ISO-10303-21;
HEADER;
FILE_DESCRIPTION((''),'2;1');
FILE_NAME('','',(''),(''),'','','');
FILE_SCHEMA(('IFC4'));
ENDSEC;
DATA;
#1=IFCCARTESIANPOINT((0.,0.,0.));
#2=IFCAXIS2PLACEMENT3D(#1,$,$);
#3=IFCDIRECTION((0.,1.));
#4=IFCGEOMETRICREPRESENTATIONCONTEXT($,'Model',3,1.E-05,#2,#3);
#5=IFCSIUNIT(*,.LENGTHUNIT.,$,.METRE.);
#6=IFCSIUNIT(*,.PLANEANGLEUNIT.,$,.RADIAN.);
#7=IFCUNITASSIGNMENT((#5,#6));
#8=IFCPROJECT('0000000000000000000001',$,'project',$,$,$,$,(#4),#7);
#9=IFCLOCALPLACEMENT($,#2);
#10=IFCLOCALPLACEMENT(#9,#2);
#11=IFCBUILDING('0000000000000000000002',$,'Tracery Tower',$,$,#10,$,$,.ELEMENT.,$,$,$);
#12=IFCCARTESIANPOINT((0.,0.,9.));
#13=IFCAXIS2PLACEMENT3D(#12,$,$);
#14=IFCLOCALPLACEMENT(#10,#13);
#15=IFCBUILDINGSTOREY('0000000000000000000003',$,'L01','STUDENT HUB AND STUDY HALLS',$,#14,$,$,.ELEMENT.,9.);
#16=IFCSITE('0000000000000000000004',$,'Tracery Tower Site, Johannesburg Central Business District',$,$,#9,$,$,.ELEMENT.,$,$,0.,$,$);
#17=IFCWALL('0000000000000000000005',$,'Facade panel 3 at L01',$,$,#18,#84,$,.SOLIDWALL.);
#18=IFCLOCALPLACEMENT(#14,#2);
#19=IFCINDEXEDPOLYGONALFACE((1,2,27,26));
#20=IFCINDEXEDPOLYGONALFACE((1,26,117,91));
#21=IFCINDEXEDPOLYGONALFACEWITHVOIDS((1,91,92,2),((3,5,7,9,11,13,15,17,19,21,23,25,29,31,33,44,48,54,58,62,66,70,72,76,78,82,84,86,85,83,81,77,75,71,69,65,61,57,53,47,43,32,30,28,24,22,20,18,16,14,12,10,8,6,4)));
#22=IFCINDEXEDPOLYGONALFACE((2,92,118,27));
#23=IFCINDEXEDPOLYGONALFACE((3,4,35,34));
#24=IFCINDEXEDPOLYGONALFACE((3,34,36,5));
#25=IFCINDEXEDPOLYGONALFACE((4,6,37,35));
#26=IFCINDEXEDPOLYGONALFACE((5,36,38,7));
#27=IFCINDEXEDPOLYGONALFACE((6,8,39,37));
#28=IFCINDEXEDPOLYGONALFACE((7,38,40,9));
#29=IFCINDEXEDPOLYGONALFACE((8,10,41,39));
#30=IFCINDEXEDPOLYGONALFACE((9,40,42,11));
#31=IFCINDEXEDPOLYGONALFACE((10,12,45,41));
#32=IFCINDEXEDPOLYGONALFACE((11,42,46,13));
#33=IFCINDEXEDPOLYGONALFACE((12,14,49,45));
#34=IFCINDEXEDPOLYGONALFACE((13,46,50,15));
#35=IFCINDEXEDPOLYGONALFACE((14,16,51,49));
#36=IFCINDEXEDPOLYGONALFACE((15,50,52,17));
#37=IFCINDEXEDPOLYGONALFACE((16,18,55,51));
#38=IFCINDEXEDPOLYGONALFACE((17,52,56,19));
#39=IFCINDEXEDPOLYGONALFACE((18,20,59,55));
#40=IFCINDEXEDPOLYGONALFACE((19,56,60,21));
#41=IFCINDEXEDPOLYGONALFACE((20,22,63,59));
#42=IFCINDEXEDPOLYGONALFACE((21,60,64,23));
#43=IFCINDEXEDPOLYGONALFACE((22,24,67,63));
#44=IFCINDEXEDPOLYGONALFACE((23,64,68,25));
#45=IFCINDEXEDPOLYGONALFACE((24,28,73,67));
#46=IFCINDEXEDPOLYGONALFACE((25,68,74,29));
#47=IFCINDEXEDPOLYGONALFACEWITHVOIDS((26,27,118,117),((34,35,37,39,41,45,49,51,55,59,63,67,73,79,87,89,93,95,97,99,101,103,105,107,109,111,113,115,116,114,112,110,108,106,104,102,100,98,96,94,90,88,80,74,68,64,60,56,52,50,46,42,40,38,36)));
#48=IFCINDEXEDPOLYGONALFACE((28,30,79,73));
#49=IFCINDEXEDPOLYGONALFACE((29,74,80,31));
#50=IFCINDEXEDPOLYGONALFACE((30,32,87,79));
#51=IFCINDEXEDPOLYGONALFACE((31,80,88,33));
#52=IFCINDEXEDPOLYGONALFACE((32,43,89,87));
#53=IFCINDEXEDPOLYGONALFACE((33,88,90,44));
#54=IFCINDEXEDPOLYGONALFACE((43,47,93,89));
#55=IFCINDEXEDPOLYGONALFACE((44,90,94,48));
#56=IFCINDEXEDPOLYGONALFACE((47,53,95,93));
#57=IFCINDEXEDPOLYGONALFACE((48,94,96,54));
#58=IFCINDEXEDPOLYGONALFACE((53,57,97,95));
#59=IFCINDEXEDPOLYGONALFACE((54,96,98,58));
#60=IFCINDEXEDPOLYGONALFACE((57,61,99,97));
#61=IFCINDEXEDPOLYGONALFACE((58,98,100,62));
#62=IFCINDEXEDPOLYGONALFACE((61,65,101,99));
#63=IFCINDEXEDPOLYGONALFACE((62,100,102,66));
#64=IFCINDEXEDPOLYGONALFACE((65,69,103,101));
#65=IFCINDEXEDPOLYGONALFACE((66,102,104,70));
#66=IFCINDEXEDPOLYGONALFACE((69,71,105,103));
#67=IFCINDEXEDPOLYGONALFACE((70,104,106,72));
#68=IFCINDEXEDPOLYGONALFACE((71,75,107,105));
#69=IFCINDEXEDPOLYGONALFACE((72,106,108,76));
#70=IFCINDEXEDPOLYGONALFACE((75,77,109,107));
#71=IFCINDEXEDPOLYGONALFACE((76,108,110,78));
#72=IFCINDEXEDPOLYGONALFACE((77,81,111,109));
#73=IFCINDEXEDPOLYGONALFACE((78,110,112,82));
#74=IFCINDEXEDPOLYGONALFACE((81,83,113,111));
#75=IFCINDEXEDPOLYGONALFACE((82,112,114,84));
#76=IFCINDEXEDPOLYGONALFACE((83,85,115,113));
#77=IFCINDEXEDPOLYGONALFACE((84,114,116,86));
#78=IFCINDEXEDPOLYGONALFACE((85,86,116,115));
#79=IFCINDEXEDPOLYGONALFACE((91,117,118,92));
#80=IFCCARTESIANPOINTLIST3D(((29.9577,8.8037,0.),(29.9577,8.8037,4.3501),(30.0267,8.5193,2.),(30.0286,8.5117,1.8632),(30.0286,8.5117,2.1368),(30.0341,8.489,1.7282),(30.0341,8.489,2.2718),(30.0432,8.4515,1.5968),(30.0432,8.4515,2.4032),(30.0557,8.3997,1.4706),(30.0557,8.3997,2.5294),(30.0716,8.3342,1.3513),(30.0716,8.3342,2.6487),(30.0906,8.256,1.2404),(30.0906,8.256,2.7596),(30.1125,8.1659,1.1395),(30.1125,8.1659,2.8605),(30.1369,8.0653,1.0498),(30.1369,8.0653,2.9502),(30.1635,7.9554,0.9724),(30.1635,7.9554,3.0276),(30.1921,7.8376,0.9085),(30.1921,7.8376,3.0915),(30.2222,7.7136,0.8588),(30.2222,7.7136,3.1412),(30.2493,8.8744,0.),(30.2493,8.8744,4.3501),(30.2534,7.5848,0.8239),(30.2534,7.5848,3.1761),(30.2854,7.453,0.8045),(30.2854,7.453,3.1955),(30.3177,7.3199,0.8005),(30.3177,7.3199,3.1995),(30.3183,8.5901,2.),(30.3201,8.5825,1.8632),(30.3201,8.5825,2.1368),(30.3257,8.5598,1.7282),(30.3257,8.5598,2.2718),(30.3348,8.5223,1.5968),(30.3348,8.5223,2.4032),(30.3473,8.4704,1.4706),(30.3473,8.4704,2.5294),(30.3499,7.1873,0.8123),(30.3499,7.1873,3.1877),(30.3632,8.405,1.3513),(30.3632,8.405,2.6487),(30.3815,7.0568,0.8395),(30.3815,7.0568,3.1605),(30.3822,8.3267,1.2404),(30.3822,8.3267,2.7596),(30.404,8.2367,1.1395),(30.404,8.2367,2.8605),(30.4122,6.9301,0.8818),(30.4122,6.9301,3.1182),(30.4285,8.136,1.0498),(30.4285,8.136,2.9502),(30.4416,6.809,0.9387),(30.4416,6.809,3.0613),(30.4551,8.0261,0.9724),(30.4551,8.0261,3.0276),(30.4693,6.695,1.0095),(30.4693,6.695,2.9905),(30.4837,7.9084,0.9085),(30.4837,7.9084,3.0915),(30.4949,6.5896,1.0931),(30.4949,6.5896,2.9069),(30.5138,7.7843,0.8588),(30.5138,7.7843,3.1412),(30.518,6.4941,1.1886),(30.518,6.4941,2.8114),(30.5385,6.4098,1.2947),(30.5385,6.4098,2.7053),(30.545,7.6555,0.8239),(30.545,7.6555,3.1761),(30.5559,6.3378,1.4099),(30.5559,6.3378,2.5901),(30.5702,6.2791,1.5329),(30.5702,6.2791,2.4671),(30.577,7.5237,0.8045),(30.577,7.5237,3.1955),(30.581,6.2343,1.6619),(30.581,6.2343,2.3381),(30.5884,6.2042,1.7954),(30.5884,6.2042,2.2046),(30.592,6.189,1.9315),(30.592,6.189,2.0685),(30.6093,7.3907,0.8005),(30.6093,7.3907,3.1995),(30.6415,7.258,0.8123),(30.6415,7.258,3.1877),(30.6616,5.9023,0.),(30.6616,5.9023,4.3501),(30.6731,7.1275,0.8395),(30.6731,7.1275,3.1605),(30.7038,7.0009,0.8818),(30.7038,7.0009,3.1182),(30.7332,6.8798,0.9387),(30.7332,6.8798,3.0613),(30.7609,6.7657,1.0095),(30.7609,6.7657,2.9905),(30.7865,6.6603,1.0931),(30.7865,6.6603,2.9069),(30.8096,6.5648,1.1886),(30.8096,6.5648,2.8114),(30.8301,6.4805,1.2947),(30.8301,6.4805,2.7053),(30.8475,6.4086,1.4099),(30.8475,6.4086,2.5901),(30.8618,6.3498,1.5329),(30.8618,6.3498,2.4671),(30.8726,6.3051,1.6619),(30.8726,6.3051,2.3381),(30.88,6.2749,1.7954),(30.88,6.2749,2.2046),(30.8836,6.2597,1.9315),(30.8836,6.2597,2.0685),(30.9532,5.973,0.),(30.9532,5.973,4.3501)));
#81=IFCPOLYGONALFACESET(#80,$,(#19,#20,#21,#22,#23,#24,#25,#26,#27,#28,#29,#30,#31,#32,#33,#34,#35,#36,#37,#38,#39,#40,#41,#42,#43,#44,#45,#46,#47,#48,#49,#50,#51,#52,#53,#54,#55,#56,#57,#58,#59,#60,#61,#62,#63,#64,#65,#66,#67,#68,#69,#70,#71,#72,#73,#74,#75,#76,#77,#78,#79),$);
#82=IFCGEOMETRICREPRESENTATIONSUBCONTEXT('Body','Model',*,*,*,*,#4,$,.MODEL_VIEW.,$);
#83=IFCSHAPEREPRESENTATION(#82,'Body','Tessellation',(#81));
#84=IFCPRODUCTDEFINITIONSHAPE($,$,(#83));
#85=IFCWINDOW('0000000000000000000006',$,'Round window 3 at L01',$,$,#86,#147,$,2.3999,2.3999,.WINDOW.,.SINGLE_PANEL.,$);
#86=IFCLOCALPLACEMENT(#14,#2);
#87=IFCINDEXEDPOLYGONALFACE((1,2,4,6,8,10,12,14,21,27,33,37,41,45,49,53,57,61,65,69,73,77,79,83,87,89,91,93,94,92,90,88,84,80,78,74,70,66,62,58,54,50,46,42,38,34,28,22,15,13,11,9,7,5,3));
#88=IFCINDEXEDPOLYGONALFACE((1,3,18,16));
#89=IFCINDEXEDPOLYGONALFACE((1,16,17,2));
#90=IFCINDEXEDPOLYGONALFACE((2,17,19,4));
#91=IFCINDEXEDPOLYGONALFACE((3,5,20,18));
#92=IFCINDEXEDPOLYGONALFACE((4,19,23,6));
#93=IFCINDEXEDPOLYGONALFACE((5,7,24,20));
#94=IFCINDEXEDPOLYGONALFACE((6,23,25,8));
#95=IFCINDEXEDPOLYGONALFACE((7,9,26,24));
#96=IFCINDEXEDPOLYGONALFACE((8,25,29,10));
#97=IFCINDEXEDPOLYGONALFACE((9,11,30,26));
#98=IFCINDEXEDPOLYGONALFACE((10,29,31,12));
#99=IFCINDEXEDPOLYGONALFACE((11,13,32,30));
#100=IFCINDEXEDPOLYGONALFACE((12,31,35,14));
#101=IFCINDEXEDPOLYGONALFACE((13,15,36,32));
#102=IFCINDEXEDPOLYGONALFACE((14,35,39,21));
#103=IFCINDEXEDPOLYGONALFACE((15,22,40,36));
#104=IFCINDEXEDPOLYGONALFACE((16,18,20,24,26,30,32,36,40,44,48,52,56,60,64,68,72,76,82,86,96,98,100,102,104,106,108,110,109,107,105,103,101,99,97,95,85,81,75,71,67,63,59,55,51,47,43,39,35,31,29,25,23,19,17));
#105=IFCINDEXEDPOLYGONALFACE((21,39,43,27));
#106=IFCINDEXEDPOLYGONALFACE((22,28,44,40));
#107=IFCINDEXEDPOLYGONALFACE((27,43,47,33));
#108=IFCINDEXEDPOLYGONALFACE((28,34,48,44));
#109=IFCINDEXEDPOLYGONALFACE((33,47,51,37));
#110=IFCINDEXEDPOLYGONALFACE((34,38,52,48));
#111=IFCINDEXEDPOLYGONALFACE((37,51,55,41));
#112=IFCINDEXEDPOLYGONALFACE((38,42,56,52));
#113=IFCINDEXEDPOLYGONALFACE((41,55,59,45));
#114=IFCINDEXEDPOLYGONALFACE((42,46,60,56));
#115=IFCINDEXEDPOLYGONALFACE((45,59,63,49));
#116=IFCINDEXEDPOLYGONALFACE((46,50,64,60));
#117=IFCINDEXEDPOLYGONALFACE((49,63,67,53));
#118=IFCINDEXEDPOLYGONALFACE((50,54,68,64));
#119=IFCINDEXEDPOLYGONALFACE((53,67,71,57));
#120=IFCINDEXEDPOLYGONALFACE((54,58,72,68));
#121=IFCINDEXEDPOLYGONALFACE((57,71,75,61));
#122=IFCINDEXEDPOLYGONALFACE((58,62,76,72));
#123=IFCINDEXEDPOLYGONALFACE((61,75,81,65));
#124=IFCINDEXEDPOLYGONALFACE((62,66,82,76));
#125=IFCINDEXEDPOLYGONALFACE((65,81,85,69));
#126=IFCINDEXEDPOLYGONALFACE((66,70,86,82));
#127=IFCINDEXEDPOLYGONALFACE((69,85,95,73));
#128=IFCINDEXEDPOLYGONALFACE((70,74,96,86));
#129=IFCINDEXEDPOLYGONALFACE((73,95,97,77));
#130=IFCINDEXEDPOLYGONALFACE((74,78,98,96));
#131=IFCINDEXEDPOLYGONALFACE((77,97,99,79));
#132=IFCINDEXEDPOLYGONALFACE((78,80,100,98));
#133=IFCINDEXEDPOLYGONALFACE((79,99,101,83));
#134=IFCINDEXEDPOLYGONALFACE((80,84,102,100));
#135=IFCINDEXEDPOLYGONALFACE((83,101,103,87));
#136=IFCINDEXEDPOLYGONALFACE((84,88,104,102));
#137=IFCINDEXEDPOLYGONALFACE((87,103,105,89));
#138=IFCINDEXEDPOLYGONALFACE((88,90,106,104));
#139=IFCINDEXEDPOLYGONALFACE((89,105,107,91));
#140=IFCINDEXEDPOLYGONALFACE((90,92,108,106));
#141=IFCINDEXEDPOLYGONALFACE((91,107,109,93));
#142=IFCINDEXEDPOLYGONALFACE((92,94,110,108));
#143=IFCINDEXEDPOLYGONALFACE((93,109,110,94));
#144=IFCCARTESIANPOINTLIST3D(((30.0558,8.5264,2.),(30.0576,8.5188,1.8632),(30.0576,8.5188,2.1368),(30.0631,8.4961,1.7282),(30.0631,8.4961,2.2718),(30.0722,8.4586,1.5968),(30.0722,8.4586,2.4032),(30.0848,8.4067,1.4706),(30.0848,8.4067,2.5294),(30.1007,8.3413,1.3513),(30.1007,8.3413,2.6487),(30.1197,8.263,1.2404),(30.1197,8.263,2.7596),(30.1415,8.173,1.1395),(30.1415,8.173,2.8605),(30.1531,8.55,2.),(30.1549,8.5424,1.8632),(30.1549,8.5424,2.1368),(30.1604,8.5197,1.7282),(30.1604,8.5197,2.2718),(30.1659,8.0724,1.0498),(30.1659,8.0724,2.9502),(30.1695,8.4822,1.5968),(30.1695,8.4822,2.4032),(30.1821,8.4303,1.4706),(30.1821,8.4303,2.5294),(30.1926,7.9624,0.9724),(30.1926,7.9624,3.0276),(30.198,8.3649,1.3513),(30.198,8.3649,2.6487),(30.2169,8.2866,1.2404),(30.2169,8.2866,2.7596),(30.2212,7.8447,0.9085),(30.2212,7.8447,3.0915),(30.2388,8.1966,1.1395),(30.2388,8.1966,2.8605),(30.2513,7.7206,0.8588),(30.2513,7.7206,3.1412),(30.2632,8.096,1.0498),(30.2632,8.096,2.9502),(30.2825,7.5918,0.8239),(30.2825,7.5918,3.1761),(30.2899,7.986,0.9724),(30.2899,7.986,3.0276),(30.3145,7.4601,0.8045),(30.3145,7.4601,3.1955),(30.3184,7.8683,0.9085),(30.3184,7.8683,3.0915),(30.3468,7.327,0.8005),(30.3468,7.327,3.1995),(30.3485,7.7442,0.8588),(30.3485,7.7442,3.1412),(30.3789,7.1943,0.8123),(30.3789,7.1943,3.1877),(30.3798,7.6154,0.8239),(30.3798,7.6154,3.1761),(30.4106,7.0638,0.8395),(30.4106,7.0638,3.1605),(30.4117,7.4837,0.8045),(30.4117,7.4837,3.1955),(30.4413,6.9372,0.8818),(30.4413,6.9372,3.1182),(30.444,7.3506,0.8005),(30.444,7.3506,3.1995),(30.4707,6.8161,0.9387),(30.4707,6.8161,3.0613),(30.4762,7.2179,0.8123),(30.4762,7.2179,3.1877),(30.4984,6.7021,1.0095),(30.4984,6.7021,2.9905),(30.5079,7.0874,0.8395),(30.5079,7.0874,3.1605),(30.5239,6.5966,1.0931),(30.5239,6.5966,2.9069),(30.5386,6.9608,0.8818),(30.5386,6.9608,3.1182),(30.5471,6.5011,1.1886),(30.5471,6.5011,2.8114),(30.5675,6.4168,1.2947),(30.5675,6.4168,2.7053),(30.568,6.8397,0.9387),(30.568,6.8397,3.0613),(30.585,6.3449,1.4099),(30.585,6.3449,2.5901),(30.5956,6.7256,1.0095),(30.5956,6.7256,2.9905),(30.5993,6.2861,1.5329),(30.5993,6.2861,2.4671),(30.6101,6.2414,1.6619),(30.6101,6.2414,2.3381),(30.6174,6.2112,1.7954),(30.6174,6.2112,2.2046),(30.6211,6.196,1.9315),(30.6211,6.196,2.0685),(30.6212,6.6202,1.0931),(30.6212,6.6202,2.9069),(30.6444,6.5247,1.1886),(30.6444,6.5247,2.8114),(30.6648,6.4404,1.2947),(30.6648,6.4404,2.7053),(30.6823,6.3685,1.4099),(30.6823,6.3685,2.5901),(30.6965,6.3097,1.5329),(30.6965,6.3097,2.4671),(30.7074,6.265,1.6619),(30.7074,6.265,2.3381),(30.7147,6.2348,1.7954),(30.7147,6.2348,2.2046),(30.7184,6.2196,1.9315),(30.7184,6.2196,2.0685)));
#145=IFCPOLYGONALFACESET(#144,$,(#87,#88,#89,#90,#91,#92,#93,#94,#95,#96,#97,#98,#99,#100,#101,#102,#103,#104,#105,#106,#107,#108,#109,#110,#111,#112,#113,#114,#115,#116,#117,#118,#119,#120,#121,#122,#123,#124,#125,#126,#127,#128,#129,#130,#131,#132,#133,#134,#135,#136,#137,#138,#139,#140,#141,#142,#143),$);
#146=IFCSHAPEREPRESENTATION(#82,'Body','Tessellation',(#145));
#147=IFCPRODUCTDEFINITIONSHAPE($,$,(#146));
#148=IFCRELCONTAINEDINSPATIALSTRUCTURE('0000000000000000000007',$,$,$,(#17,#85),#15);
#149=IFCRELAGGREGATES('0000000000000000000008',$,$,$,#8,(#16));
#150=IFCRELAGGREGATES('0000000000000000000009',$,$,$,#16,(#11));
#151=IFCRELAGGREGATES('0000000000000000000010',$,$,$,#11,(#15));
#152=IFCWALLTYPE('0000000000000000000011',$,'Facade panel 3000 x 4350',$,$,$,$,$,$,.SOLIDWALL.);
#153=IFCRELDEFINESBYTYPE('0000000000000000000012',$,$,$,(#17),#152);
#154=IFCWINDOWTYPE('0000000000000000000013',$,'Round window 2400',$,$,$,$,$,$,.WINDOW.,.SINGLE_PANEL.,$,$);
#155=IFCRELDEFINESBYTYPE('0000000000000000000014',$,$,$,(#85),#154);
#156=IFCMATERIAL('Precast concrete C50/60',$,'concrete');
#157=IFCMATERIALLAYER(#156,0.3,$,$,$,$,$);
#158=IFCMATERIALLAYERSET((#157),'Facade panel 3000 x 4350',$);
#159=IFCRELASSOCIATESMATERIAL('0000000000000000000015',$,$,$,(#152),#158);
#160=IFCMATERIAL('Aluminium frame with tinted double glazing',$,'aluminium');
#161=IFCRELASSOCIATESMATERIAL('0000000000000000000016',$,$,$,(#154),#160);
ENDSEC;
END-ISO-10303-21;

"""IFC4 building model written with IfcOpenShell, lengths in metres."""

from ifc_helpers import new_model, si_unit, direction, frame, frame_2d, origin, origin_2d, place, context, subcontext, project, spatial, rectangle, circle, extrude, material, layer, layer_set, type_object, element, fill, save


model = new_model("IFC4")

# Units and contexts
model_context = context("Model", 3, precision=1e-05, world=origin(), true_north=direction((0.0, 1.0)))
body_context = subcontext(model_context, "Body", "Model", "MODEL_VIEW")
ifc_project = project(units=[si_unit("LENGTHUNIT", "METRE"), si_unit("PLANEANGLEUNIT", "RADIAN")], contexts=[model_context])

# Site, building, storey
site_placement = place(None, origin())
site = spatial("IfcSite", under=ifc_project, at=site_placement, Name="Tracery Tower Site, Johannesburg Central Business District", CompositionType="ELEMENT", RefElevation=0.0)
building_placement = place(site_placement, origin())
building = spatial("IfcBuilding", under=site, at=building_placement, Name="Tracery Tower", CompositionType="ELEMENT")
storey_placement = place(building_placement, frame((0.0, 0.0, 9.0)))
storey = spatial("IfcBuildingStorey", under=building, at=storey_placement, Name="L01", Description="STUDENT HUB AND STUDY HALLS", CompositionType="ELEMENT", Elevation=9.0)

# Wall, opening, window
ifc_material_1 = material(Name="Precast concrete C50/60", Category="concrete")
ifc_layer_1 = layer(ifc_material_1, 0.3)
ifc_layer_set_1 = layer_set([ifc_layer_1], Name="Facade panel 3000 x 4350")
wall_type_1 = type_object("IfcWallType", Name="Facade panel 3000 x 4350", PredefinedType="SOLIDWALL", material=ifc_layer_set_1)
ifc_material_2 = material(Name="Aluminium frame with tinted double glazing", Category="aluminium")
window_type = type_object("IfcWindowType", Name="Round window 2400", PartitioningType="SINGLE_PANEL", PredefinedType="WINDOW", material=ifc_material_2)
wall_1_placement = place(storey_placement, frame((30.8074, 5.9377, 0.0), z_axis=(0.0, 0.0, 1.0), x_axis=(-0.235757, 0.971812, 0.0)))
wall_1 = element("IfcWall", 1, at=wall_1_placement, inside=storey, type_object=wall_type_1, Name="Facade panel 3 at L01", PredefinedType="SOLIDWALL", context=body_context, shape_type="SweptSolid", body=[
    extrude(rectangle(XDim=2.9856, YDim=0.3, at=frame_2d((1.4927, 0.0))), origin(), (0.0, 0.0, 1.0), 4.3501),
])
opening_1_placement = place(wall_1_placement, frame((1.4929, 0.0, 2.0)))
opening_1 = element("IfcOpeningElement", 2, at=opening_1_placement, cuts=wall_1, PredefinedType="OPENING", context=body_context, shape_type="SweptSolid", body=[
    extrude(circle(Radius=1.2, at=origin_2d()), frame((0.0, 0.1599, 0.0), z_axis=(0.0, -1.0, 0.0), x_axis=(1.0, 0.0, 0.0)), (0.0, 0.0, 1.0), 0.3201),
])
window_1_placement = place(opening_1_placement, origin())
window_1 = element("IfcWindow", 3, at=window_1_placement, inside=storey, type_object=window_type, Name="Round window 3 at L01", OverallHeight=2.3999, OverallWidth=2.3999, PartitioningType="SINGLE_PANEL", PredefinedType="WINDOW", context=body_context, shape_type="SweptSolid", body=[
    extrude(circle(Radius=1.2, at=origin_2d()), frame((0.0, 0.1201, 0.0), z_axis=(0.0, -1.0, 0.0), x_axis=(1.0, 0.0, 0.0)), (0.0, 0.0, 1.0), 0.1001),
])
fill(opening_1, window_1)

save(model, "model.ifc")
